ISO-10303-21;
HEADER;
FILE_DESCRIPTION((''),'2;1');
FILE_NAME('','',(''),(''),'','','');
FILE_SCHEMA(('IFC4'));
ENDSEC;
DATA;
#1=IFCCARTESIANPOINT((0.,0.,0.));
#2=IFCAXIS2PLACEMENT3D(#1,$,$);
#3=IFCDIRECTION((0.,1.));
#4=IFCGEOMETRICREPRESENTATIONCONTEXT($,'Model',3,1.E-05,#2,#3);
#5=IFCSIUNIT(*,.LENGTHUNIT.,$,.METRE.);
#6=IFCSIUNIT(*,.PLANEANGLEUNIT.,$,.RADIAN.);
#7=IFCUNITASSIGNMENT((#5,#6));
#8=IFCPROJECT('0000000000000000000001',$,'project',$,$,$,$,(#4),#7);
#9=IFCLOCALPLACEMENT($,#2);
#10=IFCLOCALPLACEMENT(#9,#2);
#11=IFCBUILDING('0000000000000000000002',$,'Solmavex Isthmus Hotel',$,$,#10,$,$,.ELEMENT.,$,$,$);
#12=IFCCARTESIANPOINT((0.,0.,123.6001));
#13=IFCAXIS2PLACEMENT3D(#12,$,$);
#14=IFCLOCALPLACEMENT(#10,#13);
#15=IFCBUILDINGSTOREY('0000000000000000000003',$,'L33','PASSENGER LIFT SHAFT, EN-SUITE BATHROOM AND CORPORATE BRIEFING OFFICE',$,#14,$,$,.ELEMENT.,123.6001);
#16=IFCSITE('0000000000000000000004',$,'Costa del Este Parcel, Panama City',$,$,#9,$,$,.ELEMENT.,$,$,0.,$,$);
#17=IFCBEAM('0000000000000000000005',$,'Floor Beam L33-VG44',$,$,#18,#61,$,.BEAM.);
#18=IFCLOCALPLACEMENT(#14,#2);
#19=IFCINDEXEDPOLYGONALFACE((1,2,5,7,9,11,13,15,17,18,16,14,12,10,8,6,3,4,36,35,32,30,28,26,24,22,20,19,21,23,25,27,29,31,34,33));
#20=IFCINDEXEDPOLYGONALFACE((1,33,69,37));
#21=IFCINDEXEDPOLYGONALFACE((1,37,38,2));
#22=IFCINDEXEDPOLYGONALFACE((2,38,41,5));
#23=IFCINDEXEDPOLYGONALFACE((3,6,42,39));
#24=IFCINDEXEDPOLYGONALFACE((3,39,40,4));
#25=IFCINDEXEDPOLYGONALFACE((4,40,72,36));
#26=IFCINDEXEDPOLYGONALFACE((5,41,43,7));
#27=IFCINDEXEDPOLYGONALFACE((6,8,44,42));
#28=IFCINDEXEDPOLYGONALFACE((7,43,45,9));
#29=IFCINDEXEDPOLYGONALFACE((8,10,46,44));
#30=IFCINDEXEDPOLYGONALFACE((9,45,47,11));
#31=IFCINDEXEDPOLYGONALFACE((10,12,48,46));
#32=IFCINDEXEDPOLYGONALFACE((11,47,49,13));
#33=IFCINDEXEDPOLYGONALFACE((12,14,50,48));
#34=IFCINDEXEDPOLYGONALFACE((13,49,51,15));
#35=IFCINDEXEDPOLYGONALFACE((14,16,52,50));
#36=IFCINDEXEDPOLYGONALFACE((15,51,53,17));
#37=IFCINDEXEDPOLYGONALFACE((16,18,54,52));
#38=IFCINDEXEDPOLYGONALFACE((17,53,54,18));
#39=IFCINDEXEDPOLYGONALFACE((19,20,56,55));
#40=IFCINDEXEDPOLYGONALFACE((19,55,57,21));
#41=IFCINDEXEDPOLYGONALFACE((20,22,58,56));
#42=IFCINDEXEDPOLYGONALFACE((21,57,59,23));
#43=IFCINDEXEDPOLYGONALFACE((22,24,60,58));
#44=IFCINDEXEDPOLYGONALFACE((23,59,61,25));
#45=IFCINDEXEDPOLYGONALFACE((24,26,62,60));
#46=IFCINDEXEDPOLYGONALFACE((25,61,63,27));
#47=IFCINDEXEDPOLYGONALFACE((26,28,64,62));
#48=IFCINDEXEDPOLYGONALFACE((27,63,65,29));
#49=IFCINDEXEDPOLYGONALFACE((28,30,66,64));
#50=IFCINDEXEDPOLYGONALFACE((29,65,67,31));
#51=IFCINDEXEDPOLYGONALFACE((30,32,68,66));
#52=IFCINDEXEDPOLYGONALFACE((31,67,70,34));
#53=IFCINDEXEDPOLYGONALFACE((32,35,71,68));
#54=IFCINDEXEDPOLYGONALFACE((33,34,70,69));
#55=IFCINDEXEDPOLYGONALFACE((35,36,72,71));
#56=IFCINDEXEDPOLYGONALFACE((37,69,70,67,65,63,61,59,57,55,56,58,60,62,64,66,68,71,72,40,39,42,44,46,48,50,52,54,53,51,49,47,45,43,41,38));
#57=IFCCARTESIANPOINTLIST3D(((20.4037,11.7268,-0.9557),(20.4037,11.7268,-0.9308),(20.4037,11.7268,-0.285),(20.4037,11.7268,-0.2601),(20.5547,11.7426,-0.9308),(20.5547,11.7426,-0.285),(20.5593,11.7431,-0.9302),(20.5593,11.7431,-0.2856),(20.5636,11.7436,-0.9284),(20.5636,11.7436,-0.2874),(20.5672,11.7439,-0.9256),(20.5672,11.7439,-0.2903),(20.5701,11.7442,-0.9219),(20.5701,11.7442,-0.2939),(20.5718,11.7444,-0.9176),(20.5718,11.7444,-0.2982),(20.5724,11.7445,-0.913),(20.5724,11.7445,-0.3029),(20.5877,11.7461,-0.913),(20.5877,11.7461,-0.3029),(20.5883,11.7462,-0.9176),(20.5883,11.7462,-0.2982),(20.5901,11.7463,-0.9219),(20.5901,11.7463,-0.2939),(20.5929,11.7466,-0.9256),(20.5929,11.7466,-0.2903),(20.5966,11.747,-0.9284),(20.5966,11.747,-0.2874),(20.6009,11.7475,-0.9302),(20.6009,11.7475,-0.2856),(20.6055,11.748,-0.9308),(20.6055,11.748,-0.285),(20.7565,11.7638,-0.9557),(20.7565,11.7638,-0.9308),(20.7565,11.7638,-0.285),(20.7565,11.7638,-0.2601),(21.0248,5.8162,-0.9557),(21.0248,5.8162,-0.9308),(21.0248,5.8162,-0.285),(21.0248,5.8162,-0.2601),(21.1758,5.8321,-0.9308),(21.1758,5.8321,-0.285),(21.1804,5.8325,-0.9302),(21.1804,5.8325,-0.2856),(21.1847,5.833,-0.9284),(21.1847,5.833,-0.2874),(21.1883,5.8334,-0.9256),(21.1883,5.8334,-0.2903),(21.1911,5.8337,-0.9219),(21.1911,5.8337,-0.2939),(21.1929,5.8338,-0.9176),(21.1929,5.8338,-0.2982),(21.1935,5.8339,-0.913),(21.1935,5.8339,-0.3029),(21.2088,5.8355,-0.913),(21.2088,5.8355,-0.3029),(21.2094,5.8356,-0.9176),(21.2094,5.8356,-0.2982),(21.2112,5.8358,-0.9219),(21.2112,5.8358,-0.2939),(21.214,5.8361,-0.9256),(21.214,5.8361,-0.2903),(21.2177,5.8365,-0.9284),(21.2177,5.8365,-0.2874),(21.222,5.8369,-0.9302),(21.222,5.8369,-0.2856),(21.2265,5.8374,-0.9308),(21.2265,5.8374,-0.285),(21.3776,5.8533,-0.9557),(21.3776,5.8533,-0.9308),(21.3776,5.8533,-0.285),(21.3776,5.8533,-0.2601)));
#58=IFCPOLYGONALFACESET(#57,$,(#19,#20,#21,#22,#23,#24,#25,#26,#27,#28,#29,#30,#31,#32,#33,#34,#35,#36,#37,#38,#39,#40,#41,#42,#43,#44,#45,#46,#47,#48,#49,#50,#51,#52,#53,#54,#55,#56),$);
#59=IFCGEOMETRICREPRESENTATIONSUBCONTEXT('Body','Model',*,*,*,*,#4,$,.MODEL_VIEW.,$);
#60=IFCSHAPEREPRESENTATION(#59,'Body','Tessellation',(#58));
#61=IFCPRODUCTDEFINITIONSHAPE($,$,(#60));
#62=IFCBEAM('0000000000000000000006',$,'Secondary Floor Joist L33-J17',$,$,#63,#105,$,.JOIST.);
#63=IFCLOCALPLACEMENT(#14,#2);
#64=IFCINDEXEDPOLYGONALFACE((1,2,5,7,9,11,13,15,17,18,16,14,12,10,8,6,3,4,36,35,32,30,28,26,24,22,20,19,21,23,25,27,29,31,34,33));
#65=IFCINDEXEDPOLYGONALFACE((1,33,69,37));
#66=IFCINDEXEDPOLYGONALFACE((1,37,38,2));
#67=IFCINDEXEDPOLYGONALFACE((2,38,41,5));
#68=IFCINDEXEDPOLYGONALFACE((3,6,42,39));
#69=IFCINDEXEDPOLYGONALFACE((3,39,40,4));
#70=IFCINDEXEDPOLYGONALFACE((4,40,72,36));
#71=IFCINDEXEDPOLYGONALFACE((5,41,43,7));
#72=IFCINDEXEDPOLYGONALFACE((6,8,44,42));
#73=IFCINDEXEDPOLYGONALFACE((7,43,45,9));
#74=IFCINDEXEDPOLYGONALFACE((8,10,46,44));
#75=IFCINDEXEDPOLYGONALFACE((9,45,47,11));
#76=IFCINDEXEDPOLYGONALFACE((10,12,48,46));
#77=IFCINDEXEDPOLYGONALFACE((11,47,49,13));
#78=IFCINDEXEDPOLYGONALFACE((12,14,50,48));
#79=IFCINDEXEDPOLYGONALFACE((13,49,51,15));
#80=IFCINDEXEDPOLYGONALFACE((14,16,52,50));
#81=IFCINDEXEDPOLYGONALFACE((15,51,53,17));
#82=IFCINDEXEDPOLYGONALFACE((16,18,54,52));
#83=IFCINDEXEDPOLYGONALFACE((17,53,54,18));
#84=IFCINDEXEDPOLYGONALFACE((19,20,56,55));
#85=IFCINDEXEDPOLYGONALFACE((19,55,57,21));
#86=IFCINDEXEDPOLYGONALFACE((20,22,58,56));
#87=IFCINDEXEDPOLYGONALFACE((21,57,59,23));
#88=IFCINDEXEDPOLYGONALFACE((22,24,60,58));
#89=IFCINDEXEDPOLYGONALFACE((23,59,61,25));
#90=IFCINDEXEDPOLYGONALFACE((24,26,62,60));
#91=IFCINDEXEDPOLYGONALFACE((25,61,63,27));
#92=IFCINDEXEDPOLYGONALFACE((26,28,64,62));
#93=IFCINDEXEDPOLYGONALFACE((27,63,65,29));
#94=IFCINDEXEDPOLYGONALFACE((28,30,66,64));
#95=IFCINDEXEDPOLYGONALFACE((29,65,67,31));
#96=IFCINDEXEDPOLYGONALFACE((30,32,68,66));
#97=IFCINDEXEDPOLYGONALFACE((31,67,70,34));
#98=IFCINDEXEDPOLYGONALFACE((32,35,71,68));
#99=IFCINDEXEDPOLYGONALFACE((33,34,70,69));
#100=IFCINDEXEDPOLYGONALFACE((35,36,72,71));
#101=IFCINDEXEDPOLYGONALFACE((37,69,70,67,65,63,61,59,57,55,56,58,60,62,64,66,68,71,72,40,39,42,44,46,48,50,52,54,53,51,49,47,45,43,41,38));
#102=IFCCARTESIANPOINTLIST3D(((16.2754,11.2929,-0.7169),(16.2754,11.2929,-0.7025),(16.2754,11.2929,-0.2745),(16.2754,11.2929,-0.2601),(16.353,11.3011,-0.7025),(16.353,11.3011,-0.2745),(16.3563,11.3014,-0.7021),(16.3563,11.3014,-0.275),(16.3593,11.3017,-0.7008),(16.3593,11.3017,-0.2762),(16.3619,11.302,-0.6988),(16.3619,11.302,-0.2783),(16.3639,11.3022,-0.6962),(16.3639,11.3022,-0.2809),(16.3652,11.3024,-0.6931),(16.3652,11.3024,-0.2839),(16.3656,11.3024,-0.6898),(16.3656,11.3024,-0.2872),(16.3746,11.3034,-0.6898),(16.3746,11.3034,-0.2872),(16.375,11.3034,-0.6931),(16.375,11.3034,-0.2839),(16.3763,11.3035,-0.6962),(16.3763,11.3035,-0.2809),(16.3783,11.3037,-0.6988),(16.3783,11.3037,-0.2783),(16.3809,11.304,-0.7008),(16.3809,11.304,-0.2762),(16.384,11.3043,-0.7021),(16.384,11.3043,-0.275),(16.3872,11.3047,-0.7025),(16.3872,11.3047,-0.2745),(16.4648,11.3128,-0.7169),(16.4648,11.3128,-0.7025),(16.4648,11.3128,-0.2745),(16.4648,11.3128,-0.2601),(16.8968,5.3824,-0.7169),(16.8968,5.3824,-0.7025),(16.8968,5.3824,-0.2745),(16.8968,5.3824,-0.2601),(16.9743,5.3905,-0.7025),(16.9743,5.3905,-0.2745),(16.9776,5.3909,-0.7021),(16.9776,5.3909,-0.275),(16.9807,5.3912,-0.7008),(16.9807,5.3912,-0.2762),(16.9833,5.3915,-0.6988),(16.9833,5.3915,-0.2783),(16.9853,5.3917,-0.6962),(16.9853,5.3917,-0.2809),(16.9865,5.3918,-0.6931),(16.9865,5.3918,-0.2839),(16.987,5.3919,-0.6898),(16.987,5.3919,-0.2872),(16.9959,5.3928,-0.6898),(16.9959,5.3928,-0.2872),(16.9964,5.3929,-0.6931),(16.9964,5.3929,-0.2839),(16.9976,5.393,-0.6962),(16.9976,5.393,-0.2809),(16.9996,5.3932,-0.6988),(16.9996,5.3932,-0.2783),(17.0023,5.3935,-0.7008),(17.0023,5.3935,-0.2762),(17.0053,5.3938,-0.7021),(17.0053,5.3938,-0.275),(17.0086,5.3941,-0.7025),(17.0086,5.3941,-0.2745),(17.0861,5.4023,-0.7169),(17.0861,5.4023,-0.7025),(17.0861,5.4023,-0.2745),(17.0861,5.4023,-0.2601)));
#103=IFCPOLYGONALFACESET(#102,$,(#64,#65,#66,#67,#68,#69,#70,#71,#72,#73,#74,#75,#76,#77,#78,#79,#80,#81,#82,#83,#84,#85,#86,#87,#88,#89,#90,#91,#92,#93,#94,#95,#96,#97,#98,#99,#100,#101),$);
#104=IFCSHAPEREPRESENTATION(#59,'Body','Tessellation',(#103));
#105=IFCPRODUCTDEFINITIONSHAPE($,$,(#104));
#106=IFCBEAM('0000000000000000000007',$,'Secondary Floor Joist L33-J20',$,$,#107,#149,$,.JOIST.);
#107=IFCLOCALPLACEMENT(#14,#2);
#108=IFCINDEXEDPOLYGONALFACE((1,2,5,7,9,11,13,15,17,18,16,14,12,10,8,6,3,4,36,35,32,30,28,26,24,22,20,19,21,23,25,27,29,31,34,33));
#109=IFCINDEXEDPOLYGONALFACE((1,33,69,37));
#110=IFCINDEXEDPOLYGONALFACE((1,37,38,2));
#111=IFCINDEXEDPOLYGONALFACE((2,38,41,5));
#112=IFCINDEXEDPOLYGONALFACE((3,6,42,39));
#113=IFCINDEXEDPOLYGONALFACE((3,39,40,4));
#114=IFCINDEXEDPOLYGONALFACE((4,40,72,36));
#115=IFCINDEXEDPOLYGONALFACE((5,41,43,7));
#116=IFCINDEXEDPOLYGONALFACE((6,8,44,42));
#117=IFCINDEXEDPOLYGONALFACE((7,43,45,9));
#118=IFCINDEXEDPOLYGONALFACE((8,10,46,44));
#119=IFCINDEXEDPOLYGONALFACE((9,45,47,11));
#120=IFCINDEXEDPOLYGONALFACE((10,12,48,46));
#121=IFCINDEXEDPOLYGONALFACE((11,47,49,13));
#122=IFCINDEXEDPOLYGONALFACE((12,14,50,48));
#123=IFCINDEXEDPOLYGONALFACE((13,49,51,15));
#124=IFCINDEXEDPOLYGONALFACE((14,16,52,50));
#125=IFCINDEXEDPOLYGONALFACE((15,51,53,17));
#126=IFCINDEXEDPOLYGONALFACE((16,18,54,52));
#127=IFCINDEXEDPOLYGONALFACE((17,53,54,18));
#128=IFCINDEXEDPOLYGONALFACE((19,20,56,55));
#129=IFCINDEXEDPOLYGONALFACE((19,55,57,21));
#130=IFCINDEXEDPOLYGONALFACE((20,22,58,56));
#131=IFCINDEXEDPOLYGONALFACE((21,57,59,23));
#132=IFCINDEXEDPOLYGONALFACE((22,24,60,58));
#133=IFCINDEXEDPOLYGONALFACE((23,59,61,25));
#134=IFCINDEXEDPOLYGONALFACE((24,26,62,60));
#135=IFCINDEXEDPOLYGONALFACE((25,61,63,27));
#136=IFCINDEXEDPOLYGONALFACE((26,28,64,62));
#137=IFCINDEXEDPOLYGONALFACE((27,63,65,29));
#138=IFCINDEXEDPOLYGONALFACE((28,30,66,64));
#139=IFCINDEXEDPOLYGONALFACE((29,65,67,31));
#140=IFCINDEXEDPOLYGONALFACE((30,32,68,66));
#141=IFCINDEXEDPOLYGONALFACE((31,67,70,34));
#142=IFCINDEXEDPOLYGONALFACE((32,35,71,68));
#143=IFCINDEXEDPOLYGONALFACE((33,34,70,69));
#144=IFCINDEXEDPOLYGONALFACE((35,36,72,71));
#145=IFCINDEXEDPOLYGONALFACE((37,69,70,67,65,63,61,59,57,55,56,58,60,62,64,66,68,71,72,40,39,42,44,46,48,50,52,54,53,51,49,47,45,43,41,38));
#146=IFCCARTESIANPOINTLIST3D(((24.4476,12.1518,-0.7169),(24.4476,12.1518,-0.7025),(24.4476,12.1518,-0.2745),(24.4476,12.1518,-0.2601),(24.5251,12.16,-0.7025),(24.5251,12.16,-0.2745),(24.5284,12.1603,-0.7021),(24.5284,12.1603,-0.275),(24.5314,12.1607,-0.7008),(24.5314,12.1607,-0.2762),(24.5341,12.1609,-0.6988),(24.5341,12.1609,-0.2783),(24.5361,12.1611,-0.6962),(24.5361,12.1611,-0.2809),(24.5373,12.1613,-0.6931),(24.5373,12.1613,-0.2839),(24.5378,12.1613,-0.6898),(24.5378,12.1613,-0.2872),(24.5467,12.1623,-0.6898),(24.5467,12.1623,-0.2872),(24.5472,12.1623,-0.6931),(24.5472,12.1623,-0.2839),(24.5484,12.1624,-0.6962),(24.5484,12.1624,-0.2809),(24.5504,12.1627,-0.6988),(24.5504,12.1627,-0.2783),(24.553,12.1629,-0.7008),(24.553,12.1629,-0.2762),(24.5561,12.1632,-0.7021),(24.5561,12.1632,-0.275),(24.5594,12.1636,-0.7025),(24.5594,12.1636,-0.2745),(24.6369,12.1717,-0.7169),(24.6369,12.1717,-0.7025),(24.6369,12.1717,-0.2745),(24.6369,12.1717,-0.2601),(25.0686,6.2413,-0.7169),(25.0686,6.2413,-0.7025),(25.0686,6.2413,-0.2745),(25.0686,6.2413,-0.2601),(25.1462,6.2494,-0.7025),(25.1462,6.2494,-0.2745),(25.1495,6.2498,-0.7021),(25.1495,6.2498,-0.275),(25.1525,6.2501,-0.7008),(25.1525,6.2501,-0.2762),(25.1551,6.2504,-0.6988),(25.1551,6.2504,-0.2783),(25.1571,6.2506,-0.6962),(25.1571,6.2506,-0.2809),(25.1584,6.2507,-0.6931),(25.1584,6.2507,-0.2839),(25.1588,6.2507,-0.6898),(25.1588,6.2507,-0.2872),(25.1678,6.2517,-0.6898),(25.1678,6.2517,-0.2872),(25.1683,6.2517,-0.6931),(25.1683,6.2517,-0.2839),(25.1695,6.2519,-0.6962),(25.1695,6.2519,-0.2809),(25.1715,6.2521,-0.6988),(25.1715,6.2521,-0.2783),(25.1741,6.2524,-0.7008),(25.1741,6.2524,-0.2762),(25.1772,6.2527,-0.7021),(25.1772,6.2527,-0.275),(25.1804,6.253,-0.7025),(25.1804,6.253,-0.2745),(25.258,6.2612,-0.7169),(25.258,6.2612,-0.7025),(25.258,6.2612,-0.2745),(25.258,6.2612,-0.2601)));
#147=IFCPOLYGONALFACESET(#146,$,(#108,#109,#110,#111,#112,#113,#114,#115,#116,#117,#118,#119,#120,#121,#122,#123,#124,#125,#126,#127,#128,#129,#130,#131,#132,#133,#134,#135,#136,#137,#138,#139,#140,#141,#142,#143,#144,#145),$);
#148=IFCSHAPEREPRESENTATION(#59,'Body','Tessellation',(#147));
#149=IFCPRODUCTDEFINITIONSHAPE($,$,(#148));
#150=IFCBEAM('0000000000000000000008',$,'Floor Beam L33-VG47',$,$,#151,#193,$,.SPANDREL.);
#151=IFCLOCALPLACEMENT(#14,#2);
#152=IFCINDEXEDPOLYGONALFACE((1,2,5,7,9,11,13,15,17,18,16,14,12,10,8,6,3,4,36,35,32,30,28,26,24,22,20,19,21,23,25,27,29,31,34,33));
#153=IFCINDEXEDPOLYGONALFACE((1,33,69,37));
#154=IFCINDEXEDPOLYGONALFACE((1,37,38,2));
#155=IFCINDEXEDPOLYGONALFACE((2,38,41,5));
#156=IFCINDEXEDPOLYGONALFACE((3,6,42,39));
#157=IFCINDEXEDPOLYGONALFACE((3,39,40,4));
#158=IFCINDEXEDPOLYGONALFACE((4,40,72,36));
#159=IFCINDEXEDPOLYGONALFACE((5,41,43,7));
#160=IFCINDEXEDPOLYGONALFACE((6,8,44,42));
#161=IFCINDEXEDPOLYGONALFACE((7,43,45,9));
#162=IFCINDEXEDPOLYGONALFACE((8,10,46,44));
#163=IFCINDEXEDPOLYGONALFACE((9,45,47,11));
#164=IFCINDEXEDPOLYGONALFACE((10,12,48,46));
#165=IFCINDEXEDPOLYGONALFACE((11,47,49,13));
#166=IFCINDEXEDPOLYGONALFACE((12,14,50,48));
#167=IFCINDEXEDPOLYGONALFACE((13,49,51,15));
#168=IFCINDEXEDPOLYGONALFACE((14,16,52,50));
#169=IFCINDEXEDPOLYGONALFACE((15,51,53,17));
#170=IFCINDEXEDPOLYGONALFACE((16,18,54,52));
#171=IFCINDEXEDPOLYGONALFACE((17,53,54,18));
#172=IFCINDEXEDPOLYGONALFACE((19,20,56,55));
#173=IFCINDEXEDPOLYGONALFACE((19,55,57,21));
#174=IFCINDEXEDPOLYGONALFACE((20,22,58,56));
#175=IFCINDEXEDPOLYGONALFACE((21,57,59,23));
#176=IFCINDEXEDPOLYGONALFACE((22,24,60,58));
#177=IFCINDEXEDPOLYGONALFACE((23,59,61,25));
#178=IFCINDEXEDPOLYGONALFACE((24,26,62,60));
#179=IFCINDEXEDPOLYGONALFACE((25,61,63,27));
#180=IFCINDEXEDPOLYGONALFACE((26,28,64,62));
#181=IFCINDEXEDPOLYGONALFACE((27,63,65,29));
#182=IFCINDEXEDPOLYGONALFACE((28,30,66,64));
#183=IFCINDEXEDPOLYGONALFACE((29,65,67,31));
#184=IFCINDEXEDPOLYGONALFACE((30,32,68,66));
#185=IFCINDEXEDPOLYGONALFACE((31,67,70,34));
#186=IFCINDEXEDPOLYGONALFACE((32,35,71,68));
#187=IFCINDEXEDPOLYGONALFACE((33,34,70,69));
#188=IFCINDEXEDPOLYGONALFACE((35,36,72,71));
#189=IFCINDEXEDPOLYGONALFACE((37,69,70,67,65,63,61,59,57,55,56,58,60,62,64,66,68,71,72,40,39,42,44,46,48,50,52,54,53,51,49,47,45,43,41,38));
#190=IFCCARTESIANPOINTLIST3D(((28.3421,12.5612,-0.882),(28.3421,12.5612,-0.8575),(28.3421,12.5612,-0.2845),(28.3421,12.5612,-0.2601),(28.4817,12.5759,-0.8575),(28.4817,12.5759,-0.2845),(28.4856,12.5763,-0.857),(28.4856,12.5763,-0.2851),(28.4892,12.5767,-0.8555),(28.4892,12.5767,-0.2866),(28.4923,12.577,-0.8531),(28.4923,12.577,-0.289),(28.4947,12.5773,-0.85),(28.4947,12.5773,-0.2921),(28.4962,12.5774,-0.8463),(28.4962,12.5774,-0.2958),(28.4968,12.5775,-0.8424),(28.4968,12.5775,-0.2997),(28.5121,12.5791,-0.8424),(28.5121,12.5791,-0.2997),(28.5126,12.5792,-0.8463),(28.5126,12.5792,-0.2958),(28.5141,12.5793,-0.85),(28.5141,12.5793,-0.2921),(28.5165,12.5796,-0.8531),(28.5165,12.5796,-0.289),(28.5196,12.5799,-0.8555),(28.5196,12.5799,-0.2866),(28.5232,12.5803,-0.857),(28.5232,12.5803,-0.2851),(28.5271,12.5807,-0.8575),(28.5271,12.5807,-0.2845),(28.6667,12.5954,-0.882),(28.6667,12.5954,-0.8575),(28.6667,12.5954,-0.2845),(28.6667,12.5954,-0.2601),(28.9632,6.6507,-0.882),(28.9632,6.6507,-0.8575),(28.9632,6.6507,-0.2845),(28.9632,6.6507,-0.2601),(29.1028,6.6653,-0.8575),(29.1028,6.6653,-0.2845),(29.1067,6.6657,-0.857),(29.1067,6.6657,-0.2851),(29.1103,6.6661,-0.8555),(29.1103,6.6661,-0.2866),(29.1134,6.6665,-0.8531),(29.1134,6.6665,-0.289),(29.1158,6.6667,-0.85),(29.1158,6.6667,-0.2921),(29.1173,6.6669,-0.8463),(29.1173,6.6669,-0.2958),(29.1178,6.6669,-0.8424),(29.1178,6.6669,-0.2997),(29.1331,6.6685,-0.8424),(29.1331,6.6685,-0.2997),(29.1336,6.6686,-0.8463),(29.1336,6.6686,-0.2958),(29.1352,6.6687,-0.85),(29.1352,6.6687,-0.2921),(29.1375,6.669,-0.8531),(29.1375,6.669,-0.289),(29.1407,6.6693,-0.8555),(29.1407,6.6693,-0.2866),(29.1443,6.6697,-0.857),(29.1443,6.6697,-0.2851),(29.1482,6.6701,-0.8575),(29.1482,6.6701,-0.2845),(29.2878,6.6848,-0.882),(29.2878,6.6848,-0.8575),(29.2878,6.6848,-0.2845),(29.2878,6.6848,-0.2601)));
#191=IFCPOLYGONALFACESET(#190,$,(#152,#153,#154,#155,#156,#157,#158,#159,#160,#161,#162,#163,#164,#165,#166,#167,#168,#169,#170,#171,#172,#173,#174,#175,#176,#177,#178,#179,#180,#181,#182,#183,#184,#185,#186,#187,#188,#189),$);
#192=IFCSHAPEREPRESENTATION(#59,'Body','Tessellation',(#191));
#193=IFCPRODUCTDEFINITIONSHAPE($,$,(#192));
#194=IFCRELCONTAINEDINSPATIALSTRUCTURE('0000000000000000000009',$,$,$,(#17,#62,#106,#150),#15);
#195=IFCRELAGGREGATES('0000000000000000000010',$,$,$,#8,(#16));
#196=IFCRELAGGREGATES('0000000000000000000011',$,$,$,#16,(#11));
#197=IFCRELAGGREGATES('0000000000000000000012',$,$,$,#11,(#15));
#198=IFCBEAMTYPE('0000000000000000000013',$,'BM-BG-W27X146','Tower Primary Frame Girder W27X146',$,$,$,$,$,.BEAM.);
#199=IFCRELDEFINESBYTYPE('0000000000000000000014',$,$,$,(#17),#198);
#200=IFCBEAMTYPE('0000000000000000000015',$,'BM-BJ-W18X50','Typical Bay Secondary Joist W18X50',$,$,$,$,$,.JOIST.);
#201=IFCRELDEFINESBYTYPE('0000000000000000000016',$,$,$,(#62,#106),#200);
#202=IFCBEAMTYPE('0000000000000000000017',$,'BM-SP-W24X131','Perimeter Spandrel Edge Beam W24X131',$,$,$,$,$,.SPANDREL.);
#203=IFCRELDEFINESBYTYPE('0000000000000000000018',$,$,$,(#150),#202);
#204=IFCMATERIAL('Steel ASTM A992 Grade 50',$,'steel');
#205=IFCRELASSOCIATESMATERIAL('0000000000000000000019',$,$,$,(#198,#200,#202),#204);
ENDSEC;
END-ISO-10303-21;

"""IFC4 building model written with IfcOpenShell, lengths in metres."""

from ifc_helpers import new_model, si_unit, direction, frame, origin, origin_2d, place, context, subcontext, project, spatial, i_section, extrude, material, material_profile, profile_set, type_object, element, save


model = new_model("IFC4")

# Units and contexts
model_context = context("Model", 3, precision=1e-05, world=origin(), true_north=direction((0.0, 1.0)))
body_context = subcontext(model_context, "Body", "Model", "MODEL_VIEW")
ifc_project = project(units=[si_unit("LENGTHUNIT", "METRE"), si_unit("PLANEANGLEUNIT", "RADIAN")], contexts=[model_context])

# Site, building, storey
site_placement = place(None, origin())
site = spatial("IfcSite", under=ifc_project, at=site_placement, Name="Costa del Este Parcel, Panama City", CompositionType="ELEMENT", RefElevation=0.0)
building_placement = place(site_placement, origin())
building = spatial("IfcBuilding", under=site, at=building_placement, Name="Solmavex Isthmus Hotel", CompositionType="ELEMENT")
storey_placement = place(building_placement, frame((0.0, 0.0, 123.6001)))
storey = spatial("IfcBuildingStorey", under=building, at=storey_placement, Name="L33", Description="PASSENGER LIFT SHAFT, EN-SUITE BATHROOM AND CORPORATE BRIEFING OFFICE", CompositionType="ELEMENT", Elevation=123.6001)

# Beams
ifc_material_1 = material(Name="Steel ASTM A992 Grade 50", Category="steel")
ifc_material_profile_1 = material_profile(ifc_material_1, i_section(OverallWidth=0.3547, OverallDepth=0.6956, WebThickness=0.0154, FlangeThickness=0.0249, FilletRadius=0.0178, at=origin_2d()), Name="W27X146")
ifc_profile_set_1 = profile_set([ifc_material_profile_1], Name="Steel ASTM A992 Grade 50")
beam_type_1 = type_object("IfcBeamType", Name="BM-BG-W27X146", Description="Tower Primary Frame Girder W27X146", PredefinedType="BEAM", material=ifc_profile_set_1)
beam_1_placement = place(storey_placement, frame((21.2012, 5.8347, -0.6079), z_axis=(-0.104505, 0.994524, 0.0), x_axis=(-0.994524, -0.104505, 0.0)))
element("IfcBeam", 1, at=beam_1_placement, inside=storey, type_object=beam_type_1, Name="Floor Beam L33-VG44", PredefinedType="BEAM", context=body_context, shape_type="SweptSolid", body=[
    extrude(i_section(OverallWidth=0.3547, OverallDepth=0.6956, WebThickness=0.0154, FlangeThickness=0.0249, FilletRadius=0.0178, at=origin_2d()), origin(), (0.0, 0.0, 1.0), 5.9431),
])
ifc_material_profile_2 = material_profile(ifc_material_1, i_section(OverallWidth=0.1904, OverallDepth=0.4568, WebThickness=0.009, FlangeThickness=0.0144, FilletRadius=0.0127, at=origin_2d()), Name="W18X50")
ifc_profile_set_2 = profile_set([ifc_material_profile_2], Name="Steel ASTM A992 Grade 50")
beam_type_2 = type_object("IfcBeamType", Name="BM-BJ-W18X50", Description="Typical Bay Secondary Joist W18X50", PredefinedType="JOIST", material=ifc_profile_set_2)
for number, where, z_axis, x_axis, name in (
    (2, (16.9915, 5.3923, -0.4885), (-0.104546, 0.99452, 0.0), (-0.99452, -0.104546, 0.0), "Secondary Floor Joist L33-J17"),
    (3, (25.1633, 6.2512, -0.4885), (-0.104505, 0.994524, 0.0), (-0.994524, -0.104505, 0.0), "Secondary Floor Joist L33-J20"),
):
    element("IfcBeam", number, at=place(storey_placement, frame(where, z_axis=z_axis, x_axis=x_axis)), inside=storey, type_object=beam_type_2, Name=name, PredefinedType="JOIST", context=body_context, shape_type="SweptSolid", body=[
        extrude(i_section(OverallWidth=0.1904, OverallDepth=0.4568, WebThickness=0.009, FlangeThickness=0.0144, FilletRadius=0.0127, at=origin_2d()), origin(), (0.0, 0.0, 1.0), 5.9431),
    ])
ifc_material_profile_3 = material_profile(ifc_material_1, i_section(OverallWidth=0.3264, OverallDepth=0.6218, WebThickness=0.0154, FlangeThickness=0.0244, FilletRadius=0.0151, at=origin_2d()), Name="W24X131")
ifc_profile_set_3 = profile_set([ifc_material_profile_3], Name="Steel ASTM A992 Grade 50")
beam_type_3 = type_object("IfcBeamType", Name="BM-SP-W24X131", Description="Perimeter Spandrel Edge Beam W24X131", PredefinedType="SPANDREL", material=ifc_profile_set_3)
beam_2_placement = place(storey_placement, frame((29.1255, 6.6677, -0.571), z_axis=(-0.104505, 0.994524, 0.0), x_axis=(-0.994524, -0.104505, 0.0)))
element("IfcBeam", 4, at=beam_2_placement, inside=storey, type_object=beam_type_3, Name="Floor Beam L33-VG47", PredefinedType="SPANDREL", context=body_context, shape_type="SweptSolid", body=[
    extrude(i_section(OverallWidth=0.3264, OverallDepth=0.6218, WebThickness=0.0154, FlangeThickness=0.0244, FilletRadius=0.0151, at=origin_2d()), origin(), (0.0, 0.0, 1.0), 5.9431),
])

save(model, "model.ifc")
